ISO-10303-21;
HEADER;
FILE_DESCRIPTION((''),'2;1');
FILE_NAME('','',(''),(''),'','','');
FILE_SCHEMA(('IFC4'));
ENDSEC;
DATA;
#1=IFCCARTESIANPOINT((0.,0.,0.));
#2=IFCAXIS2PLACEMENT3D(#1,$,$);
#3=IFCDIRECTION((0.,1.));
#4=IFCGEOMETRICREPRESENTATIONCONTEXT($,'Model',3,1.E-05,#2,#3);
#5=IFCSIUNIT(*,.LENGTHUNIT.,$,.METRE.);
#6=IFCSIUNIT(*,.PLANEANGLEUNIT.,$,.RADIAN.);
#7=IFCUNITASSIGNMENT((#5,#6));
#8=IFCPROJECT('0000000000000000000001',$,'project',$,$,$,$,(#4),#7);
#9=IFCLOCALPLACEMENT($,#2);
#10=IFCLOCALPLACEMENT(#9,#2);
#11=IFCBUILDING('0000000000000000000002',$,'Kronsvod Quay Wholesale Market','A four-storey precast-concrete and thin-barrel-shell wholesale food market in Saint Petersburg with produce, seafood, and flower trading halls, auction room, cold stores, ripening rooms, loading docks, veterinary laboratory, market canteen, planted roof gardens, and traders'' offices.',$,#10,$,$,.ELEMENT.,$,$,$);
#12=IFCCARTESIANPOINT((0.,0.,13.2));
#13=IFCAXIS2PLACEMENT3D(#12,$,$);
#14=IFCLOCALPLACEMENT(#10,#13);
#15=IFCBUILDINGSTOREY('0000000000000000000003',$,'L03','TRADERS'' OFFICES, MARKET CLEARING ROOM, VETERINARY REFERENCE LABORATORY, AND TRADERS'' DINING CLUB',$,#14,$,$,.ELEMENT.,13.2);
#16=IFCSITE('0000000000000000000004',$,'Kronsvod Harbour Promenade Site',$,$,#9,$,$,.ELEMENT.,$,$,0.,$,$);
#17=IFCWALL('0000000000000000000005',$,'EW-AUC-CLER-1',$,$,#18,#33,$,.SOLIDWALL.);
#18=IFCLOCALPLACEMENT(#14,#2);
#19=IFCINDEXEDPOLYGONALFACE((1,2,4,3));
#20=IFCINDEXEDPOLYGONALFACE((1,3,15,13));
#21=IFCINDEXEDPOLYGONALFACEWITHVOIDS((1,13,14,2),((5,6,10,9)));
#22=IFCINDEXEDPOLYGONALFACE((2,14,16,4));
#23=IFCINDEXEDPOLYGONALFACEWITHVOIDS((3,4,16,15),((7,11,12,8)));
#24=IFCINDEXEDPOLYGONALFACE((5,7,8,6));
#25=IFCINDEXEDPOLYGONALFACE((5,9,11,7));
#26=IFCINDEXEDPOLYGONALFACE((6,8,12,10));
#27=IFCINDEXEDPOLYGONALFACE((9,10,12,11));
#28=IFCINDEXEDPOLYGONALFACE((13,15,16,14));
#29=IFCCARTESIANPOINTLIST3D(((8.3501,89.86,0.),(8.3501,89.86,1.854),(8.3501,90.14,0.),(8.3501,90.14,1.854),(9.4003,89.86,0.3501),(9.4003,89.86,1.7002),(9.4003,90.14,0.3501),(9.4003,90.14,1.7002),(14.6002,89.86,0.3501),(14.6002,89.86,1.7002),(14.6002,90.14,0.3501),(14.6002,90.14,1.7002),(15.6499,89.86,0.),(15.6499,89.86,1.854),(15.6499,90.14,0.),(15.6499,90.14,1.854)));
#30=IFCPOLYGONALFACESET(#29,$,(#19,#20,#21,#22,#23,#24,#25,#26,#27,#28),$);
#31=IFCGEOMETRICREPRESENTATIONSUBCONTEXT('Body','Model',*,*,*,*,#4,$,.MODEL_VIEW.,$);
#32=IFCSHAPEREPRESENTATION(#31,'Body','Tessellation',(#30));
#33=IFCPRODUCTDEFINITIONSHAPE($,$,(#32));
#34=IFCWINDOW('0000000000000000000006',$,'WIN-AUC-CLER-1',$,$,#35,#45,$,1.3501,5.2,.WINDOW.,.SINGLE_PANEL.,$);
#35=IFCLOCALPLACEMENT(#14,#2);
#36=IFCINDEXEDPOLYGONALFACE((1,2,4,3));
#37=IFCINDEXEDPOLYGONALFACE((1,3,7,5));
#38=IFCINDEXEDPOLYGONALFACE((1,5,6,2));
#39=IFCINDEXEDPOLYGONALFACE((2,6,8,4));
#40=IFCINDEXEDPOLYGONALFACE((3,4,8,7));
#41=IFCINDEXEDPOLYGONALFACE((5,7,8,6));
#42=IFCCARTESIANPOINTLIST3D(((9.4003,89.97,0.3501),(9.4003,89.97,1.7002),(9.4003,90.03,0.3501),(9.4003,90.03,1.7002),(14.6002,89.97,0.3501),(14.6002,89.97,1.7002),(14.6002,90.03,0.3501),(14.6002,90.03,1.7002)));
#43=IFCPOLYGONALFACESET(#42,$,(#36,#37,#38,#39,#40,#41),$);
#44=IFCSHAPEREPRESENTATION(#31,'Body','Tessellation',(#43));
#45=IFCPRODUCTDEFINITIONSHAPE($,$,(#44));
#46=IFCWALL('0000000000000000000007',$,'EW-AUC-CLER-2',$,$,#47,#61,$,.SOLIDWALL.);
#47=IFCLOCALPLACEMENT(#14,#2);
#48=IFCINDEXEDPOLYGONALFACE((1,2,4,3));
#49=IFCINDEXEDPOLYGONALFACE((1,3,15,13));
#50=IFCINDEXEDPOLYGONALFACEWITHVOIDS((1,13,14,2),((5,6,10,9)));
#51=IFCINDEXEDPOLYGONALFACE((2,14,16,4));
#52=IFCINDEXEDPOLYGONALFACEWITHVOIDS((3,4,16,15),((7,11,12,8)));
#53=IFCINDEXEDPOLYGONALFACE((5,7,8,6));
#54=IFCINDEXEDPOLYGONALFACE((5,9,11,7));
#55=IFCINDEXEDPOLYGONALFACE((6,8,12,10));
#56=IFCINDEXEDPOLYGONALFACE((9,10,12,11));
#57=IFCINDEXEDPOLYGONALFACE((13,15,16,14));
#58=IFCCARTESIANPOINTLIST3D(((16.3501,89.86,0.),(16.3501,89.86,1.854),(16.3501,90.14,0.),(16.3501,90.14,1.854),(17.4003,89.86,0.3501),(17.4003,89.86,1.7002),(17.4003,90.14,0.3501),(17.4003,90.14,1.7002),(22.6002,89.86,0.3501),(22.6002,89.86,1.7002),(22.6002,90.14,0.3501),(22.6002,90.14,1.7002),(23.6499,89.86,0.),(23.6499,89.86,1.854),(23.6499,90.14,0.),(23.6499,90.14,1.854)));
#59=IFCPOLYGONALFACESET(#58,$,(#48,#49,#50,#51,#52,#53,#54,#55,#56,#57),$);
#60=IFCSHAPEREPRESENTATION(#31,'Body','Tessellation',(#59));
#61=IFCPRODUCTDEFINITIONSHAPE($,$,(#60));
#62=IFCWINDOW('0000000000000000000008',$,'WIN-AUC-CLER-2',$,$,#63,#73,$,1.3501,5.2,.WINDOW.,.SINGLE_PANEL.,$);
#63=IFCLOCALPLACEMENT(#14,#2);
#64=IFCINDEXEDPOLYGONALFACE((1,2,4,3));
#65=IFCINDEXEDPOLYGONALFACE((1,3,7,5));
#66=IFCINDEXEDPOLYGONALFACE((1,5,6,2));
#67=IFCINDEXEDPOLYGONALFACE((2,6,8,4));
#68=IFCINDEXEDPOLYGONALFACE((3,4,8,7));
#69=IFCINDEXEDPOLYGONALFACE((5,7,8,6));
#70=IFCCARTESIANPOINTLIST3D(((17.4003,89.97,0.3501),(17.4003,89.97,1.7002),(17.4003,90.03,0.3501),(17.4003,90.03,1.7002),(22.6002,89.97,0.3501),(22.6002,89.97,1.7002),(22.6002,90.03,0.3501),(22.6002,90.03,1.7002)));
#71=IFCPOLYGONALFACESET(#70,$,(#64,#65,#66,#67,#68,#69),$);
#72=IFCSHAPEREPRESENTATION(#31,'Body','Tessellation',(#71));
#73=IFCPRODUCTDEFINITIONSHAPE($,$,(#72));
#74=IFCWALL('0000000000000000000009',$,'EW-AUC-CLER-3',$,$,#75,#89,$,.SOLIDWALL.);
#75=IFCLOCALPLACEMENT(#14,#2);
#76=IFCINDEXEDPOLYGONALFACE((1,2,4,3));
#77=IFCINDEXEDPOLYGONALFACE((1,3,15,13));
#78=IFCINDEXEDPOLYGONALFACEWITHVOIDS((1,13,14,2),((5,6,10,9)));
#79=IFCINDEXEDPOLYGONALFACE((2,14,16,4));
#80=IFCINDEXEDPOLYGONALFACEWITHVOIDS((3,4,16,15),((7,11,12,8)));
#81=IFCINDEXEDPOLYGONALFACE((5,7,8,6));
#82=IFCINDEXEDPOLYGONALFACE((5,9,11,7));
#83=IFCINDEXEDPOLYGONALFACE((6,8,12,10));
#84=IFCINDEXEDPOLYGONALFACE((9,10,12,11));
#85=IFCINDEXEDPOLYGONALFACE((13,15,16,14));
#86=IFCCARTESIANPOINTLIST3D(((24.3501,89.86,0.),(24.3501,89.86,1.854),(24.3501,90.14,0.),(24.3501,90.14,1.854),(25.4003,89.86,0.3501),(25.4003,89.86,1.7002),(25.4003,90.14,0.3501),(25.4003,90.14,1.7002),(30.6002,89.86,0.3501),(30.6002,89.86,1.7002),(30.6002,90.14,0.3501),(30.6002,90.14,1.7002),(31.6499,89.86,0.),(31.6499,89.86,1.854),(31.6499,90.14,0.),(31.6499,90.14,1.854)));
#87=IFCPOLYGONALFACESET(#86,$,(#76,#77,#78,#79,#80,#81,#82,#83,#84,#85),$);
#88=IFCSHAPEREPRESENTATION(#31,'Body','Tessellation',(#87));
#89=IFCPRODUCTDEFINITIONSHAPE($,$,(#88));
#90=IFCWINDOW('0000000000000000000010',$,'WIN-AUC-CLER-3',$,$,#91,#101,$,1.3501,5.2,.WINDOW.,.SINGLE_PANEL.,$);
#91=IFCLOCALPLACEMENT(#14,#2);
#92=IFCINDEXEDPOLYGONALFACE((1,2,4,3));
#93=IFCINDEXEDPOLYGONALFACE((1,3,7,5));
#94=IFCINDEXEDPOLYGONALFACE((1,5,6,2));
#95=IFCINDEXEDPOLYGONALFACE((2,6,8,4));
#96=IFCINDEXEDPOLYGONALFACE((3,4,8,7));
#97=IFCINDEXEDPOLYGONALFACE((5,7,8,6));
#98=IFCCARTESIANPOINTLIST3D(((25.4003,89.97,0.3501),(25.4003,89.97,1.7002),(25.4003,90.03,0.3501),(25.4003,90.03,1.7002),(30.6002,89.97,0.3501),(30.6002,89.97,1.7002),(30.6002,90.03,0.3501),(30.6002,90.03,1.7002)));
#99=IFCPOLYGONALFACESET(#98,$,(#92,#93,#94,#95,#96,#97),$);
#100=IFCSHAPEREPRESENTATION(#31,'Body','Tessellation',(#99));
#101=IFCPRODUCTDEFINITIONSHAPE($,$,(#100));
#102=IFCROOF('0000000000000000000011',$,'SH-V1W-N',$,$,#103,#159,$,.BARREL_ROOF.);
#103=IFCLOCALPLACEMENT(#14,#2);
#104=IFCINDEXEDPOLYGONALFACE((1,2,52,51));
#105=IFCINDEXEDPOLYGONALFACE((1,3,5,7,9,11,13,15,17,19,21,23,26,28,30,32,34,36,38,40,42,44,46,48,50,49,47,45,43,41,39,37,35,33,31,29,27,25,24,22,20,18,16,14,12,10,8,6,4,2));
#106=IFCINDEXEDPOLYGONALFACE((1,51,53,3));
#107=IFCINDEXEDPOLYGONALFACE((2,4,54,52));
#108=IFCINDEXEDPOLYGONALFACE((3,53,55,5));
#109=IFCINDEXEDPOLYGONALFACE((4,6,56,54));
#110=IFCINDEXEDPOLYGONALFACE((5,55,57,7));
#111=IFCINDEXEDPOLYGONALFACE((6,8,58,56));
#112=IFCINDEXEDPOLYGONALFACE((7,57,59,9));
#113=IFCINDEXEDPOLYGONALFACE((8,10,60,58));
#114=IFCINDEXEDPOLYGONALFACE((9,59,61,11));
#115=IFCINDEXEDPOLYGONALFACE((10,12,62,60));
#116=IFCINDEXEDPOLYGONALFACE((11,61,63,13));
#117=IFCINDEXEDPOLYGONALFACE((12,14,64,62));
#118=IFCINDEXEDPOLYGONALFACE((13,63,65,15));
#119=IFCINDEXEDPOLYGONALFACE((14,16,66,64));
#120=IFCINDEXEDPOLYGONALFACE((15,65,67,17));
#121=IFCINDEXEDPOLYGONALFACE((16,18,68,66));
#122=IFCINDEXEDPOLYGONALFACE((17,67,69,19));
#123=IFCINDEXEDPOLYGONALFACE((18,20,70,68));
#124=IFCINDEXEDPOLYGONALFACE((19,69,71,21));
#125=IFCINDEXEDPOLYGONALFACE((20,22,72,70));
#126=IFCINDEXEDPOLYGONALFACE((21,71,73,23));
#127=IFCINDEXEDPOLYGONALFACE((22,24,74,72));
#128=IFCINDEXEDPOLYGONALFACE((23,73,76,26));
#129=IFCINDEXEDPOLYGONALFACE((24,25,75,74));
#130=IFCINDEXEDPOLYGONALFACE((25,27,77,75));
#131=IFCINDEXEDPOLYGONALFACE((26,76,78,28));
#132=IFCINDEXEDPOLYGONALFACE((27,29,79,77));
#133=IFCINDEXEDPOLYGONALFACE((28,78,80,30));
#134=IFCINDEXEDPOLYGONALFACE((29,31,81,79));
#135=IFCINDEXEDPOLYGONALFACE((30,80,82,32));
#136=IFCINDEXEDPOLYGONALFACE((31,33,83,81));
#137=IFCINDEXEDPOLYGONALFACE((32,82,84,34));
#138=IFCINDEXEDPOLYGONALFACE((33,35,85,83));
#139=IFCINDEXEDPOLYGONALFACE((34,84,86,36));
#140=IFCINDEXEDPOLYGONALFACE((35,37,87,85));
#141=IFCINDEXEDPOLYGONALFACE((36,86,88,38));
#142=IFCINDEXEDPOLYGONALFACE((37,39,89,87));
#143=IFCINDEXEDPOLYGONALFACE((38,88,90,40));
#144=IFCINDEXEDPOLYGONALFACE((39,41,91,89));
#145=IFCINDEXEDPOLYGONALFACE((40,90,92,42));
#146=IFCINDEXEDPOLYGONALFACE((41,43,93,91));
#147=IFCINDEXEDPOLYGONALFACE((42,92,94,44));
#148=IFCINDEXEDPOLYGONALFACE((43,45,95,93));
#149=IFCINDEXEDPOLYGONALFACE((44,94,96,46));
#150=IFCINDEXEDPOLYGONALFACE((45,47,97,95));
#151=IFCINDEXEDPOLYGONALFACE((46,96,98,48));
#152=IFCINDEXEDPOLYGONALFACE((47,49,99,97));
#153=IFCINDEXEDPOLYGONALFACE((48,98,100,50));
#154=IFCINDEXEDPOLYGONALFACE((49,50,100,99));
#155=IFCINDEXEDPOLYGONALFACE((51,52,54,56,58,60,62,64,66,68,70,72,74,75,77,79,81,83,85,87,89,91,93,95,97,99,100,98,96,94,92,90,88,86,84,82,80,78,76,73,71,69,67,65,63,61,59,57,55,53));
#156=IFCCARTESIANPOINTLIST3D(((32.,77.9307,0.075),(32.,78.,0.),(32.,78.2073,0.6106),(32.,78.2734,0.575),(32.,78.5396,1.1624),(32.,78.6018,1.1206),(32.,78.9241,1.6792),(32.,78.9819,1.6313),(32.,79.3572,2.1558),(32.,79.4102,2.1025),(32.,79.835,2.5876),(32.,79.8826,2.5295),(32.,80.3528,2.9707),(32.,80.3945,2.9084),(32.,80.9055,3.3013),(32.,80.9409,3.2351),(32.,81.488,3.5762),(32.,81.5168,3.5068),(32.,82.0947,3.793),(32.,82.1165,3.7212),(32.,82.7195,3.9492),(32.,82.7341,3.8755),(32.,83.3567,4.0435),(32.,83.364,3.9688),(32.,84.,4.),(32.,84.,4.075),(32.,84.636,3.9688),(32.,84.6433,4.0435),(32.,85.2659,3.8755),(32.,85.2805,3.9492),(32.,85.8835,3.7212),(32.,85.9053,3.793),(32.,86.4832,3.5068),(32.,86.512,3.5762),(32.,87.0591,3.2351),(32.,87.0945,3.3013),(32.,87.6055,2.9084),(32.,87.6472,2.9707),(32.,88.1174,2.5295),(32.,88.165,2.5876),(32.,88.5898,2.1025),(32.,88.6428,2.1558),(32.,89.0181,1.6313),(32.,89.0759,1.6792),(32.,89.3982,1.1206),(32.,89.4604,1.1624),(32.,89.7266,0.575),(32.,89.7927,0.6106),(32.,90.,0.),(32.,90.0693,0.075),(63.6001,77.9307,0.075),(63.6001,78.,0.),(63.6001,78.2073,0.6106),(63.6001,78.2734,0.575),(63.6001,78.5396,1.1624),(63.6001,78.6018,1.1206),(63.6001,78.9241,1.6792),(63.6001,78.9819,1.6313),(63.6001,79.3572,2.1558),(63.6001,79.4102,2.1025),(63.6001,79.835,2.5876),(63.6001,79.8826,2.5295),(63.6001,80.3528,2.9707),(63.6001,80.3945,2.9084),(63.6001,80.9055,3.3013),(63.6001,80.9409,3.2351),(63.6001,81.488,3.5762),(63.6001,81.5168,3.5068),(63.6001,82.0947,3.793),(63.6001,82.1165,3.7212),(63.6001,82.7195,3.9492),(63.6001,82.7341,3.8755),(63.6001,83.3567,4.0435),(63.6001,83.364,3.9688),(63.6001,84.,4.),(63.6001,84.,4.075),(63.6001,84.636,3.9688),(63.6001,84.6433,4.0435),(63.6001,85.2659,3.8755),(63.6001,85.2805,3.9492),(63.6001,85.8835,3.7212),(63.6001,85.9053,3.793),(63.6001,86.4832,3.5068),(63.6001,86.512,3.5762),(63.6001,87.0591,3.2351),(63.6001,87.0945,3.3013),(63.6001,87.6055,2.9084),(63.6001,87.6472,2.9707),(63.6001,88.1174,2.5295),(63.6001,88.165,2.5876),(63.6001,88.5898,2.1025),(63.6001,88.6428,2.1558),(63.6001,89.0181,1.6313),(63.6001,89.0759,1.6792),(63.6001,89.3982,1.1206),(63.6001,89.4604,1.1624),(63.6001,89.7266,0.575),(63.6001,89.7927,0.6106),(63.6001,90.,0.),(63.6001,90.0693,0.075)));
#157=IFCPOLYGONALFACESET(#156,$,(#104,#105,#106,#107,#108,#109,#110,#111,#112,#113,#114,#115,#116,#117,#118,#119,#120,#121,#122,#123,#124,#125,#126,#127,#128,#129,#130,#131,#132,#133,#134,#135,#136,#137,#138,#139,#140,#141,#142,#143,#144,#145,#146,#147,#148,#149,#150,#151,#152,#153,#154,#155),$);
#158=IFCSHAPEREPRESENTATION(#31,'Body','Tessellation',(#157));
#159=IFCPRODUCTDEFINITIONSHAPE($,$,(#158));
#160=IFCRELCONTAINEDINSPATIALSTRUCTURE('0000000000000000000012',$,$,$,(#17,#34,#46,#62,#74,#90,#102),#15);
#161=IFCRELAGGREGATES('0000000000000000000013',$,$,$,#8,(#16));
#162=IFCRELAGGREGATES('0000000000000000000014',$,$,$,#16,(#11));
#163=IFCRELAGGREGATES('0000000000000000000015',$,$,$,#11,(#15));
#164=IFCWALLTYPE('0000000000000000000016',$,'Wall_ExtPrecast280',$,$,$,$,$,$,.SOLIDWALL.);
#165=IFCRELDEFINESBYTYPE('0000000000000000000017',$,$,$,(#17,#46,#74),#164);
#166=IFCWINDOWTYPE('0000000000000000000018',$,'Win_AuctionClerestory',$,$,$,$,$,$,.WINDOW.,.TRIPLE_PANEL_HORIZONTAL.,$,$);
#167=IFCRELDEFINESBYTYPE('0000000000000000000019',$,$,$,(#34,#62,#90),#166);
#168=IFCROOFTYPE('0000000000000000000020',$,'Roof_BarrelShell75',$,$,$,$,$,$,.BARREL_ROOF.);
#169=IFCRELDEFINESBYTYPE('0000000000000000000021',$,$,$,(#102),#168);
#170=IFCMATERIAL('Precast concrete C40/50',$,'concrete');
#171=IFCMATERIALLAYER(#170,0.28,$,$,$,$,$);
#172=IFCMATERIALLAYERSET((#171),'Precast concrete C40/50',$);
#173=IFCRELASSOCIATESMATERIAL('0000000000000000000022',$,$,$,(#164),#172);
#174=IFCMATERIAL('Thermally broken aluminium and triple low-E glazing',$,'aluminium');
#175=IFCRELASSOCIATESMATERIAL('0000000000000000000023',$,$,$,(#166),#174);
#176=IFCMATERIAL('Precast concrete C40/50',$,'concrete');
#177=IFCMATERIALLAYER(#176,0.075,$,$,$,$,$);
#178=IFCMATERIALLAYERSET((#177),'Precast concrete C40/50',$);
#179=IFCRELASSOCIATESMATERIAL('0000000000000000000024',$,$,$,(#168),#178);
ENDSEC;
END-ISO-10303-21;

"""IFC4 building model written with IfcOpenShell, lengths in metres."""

from ifc_helpers import new_model, si_unit, direction, frame, frame_2d, origin, place, context, subcontext, project, spatial, polyline, rectangle, outline, extrude, material, layer, layer_set, type_object, element, fill, save


model = new_model("IFC4")

# Units and contexts
model_context = context("Model", 3, precision=1e-05, world=origin(), true_north=direction((0.0, 1.0)))
body_context = subcontext(model_context, "Body", "Model", "MODEL_VIEW")
ifc_project = project(units=[si_unit("LENGTHUNIT", "METRE"), si_unit("PLANEANGLEUNIT", "RADIAN")], contexts=[model_context])

# Site, building, storey
site_placement = place(None, origin())
site = spatial("IfcSite", under=ifc_project, at=site_placement, Name="Kronsvod Harbour Promenade Site", CompositionType="ELEMENT", RefElevation=0.0)
building_placement = place(site_placement, origin())
building = spatial("IfcBuilding", under=site, at=building_placement, Name="Kronsvod Quay Wholesale Market", Description="A four-storey precast-concrete and thin-barrel-shell wholesale food market in Saint Petersburg with produce, seafood, and flower trading halls, auction room, cold stores, ripening rooms, loading docks, veterinary laboratory, market canteen, planted roof gardens, and traders' offices.", CompositionType="ELEMENT")
storey_placement = place(building_placement, frame((0.0, 0.0, 13.2)))
storey = spatial("IfcBuildingStorey", under=building, at=storey_placement, Name="L03", Description="TRADERS' OFFICES, MARKET CLEARING ROOM, VETERINARY REFERENCE LABORATORY, AND TRADERS' DINING CLUB", CompositionType="ELEMENT", Elevation=13.2)

# Walls, openings, windows
ifc_material_1 = material(Name="Precast concrete C40/50", Category="concrete")
ifc_layer_1 = layer(ifc_material_1, 0.28)
ifc_layer_set_1 = layer_set([ifc_layer_1], Name="Precast concrete C40/50")
wall_type = type_object("IfcWallType", Name="Wall_ExtPrecast280", PredefinedType="SOLIDWALL", material=ifc_layer_set_1)
wall_1_placement = place(storey_placement, frame((8.3501, 90.0, 0.0), z_axis=(0.0, 0.0, 1.0), x_axis=(1.0, 0.0, 0.0)))
wall_1 = element("IfcWall", 1, at=wall_1_placement, inside=storey, type_object=wall_type, Name="EW-AUC-CLER-1", PredefinedType="SOLIDWALL", context=body_context, shape_type="SweptSolid", body=[
    extrude(rectangle(XDim=7.2998, YDim=0.28, at=frame_2d((3.6499, 0.0))), origin(), (0.0, 0.0, 1.0), 1.854),
])
opening_1_placement = place(wall_1_placement, frame((1.05, 0.0, 0.3501)))
opening_1 = element("IfcOpeningElement", 2, at=opening_1_placement, cuts=wall_1, PredefinedType="OPENING", context=body_context, shape_type="SweptSolid", body=[
    extrude(rectangle(XDim=5.2, YDim=1.3501, at=frame_2d((2.6001, 0.675))), frame((0.0, 0.1499, 0.0), z_axis=(0.0, -1.0, 0.0), x_axis=(1.0, 0.0, 0.0)), (0.0, 0.0, 1.0), 0.3),
])
ifc_material_2 = material(Name="Thermally broken aluminium and triple low-E glazing", Category="aluminium")
window_type = type_object("IfcWindowType", Name="Win_AuctionClerestory", PartitioningType="TRIPLE_PANEL_HORIZONTAL", PredefinedType="WINDOW", material=ifc_material_2)
window_1_placement = place(opening_1_placement, origin())
window_1 = element("IfcWindow", 3, at=window_1_placement, inside=storey, type_object=window_type, Name="WIN-AUC-CLER-1", OverallHeight=1.3501, OverallWidth=5.2, PartitioningType="SINGLE_PANEL", PredefinedType="WINDOW", context=body_context, shape_type="SweptSolid", body=[
    extrude(rectangle(XDim=5.2, YDim=1.3501, at=frame_2d((2.6001, 0.675))), frame((0.0, 0.03, 0.0), z_axis=(0.0, -1.0, 0.0), x_axis=(1.0, 0.0, 0.0)), (0.0, 0.0, 1.0), 0.0601),
])
fill(opening_1, window_1)
wall_2_placement = place(storey_placement, frame((16.3501, 90.0, 0.0), z_axis=(0.0, 0.0, 1.0), x_axis=(1.0, 0.0, 0.0)))
wall_2 = element("IfcWall", 4, at=wall_2_placement, inside=storey, type_object=wall_type, Name="EW-AUC-CLER-2", PredefinedType="SOLIDWALL", context=body_context, shape_type="SweptSolid", body=[
    extrude(rectangle(XDim=7.2998, YDim=0.28, at=frame_2d((3.6499, 0.0))), origin(), (0.0, 0.0, 1.0), 1.854),
])
opening_2_placement = place(wall_2_placement, frame((1.05, 0.0, 0.3501)))
opening_2 = element("IfcOpeningElement", 5, at=opening_2_placement, cuts=wall_2, PredefinedType="OPENING", context=body_context, shape_type="SweptSolid", body=[
    extrude(rectangle(XDim=5.2, YDim=1.3501, at=frame_2d((2.6001, 0.675))), frame((0.0, 0.1499, 0.0), z_axis=(0.0, -1.0, 0.0), x_axis=(1.0, 0.0, 0.0)), (0.0, 0.0, 1.0), 0.3),
])
window_2_placement = place(opening_2_placement, origin())
window_2 = element("IfcWindow", 6, at=window_2_placement, inside=storey, type_object=window_type, Name="WIN-AUC-CLER-2", OverallHeight=1.3501, OverallWidth=5.2, PartitioningType="SINGLE_PANEL", PredefinedType="WINDOW", context=body_context, shape_type="SweptSolid", body=[
    extrude(rectangle(XDim=5.2, YDim=1.3501, at=frame_2d((2.6001, 0.675))), frame((0.0, 0.03, 0.0), z_axis=(0.0, -1.0, 0.0), x_axis=(1.0, 0.0, 0.0)), (0.0, 0.0, 1.0), 0.0601),
])
fill(opening_2, window_2)
wall_3_placement = place(storey_placement, frame((24.3501, 90.0, 0.0), z_axis=(0.0, 0.0, 1.0), x_axis=(1.0, 0.0, 0.0)))
wall_3 = element("IfcWall", 7, at=wall_3_placement, inside=storey, type_object=wall_type, Name="EW-AUC-CLER-3", PredefinedType="SOLIDWALL", context=body_context, shape_type="SweptSolid", body=[
    extrude(rectangle(XDim=7.2998, YDim=0.28, at=frame_2d((3.6499, 0.0))), origin(), (0.0, 0.0, 1.0), 1.854),
])
opening_3_placement = place(wall_3_placement, frame((1.05, 0.0, 0.3501)))
opening_3 = element("IfcOpeningElement", 8, at=opening_3_placement, cuts=wall_3, PredefinedType="OPENING", context=body_context, shape_type="SweptSolid", body=[
    extrude(rectangle(XDim=5.2, YDim=1.3501, at=frame_2d((2.6001, 0.675))), frame((0.0, 0.1499, 0.0), z_axis=(0.0, -1.0, 0.0), x_axis=(1.0, 0.0, 0.0)), (0.0, 0.0, 1.0), 0.3),
])
window_3_placement = place(opening_3_placement, origin())
window_3 = element("IfcWindow", 9, at=window_3_placement, inside=storey, type_object=window_type, Name="WIN-AUC-CLER-3", OverallHeight=1.3501, OverallWidth=5.2, PartitioningType="SINGLE_PANEL", PredefinedType="WINDOW", context=body_context, shape_type="SweptSolid", body=[
    extrude(rectangle(XDim=5.2, YDim=1.3501, at=frame_2d((2.6001, 0.675))), frame((0.0, 0.03, 0.0), z_axis=(0.0, -1.0, 0.0), x_axis=(1.0, 0.0, 0.0)), (0.0, 0.0, 1.0), 0.0601),
])
fill(opening_3, window_3)

# Roof
ifc_material_3 = material(Name="Precast concrete C40/50", Category="concrete")
ifc_layer_2 = layer(ifc_material_3, 0.075)
ifc_layer_set_2 = layer_set([ifc_layer_2], Name="Precast concrete C40/50")
roof_type = type_object("IfcRoofType", Name="Roof_BarrelShell75", PredefinedType="BARREL_ROOF", material=ifc_layer_set_2)
roof_placement = place(storey_placement, frame((32.0, 84.0, 0.0), z_axis=(1.0, 0.0, 0.0), x_axis=(0.0, 1.0, 0.0)))
element("IfcRoof", 10, at=roof_placement, inside=storey, type_object=roof_type, Name="SH-V1W-N", PredefinedType="BARREL_ROOF", context=body_context, shape_type="SweptSolid", body=[
    extrude(outline(polyline([(-6.0, 0.0), (-5.7266, 0.575), (-5.3982, 1.1206), (-5.0181, 1.6313), (-4.5898, 2.1025), (-4.1174, 2.5295), (-3.6055, 2.9084), (-3.0591, 3.2351), (-2.4832, 3.5068), (-1.8835, 3.7212), (-1.2659, 3.8755), (-0.636, 3.9688), (0.0, 4.0), (0.636, 3.9688), (1.2659, 3.8755), (1.8835, 3.7212), (2.4832, 3.5068), (3.0591, 3.2351), (3.6055, 2.9084), (4.1174, 2.5295), (4.5898, 2.1025), (5.0181, 1.6313), (5.3982, 1.1206), (5.7266, 0.575), (6.0, 0.0), (6.0693, 0.075), (5.7927, 0.6106), (5.4604, 1.1624), (5.0759, 1.6792), (4.6428, 2.1558), (4.165, 2.5876), (3.6472, 2.9707), (3.0945, 3.3013), (2.512, 3.5762), (1.9053, 3.793), (1.2805, 3.9492), (0.6433, 4.0435), (0.0, 4.075), (-0.6433, 4.0435), (-1.2805, 3.9492), (-1.9053, 3.793), (-2.512, 3.5762), (-3.0945, 3.3013), (-3.6472, 2.9707), (-4.165, 2.5876), (-4.6428, 2.1558), (-5.0759, 1.6792), (-5.4604, 1.1624), (-5.7927, 0.6106), (-6.0693, 0.075), (-6.0, 0.0)])), origin(), (0.0, 0.0, 1.0), 31.6001),
])

save(model, "model.ifc")
